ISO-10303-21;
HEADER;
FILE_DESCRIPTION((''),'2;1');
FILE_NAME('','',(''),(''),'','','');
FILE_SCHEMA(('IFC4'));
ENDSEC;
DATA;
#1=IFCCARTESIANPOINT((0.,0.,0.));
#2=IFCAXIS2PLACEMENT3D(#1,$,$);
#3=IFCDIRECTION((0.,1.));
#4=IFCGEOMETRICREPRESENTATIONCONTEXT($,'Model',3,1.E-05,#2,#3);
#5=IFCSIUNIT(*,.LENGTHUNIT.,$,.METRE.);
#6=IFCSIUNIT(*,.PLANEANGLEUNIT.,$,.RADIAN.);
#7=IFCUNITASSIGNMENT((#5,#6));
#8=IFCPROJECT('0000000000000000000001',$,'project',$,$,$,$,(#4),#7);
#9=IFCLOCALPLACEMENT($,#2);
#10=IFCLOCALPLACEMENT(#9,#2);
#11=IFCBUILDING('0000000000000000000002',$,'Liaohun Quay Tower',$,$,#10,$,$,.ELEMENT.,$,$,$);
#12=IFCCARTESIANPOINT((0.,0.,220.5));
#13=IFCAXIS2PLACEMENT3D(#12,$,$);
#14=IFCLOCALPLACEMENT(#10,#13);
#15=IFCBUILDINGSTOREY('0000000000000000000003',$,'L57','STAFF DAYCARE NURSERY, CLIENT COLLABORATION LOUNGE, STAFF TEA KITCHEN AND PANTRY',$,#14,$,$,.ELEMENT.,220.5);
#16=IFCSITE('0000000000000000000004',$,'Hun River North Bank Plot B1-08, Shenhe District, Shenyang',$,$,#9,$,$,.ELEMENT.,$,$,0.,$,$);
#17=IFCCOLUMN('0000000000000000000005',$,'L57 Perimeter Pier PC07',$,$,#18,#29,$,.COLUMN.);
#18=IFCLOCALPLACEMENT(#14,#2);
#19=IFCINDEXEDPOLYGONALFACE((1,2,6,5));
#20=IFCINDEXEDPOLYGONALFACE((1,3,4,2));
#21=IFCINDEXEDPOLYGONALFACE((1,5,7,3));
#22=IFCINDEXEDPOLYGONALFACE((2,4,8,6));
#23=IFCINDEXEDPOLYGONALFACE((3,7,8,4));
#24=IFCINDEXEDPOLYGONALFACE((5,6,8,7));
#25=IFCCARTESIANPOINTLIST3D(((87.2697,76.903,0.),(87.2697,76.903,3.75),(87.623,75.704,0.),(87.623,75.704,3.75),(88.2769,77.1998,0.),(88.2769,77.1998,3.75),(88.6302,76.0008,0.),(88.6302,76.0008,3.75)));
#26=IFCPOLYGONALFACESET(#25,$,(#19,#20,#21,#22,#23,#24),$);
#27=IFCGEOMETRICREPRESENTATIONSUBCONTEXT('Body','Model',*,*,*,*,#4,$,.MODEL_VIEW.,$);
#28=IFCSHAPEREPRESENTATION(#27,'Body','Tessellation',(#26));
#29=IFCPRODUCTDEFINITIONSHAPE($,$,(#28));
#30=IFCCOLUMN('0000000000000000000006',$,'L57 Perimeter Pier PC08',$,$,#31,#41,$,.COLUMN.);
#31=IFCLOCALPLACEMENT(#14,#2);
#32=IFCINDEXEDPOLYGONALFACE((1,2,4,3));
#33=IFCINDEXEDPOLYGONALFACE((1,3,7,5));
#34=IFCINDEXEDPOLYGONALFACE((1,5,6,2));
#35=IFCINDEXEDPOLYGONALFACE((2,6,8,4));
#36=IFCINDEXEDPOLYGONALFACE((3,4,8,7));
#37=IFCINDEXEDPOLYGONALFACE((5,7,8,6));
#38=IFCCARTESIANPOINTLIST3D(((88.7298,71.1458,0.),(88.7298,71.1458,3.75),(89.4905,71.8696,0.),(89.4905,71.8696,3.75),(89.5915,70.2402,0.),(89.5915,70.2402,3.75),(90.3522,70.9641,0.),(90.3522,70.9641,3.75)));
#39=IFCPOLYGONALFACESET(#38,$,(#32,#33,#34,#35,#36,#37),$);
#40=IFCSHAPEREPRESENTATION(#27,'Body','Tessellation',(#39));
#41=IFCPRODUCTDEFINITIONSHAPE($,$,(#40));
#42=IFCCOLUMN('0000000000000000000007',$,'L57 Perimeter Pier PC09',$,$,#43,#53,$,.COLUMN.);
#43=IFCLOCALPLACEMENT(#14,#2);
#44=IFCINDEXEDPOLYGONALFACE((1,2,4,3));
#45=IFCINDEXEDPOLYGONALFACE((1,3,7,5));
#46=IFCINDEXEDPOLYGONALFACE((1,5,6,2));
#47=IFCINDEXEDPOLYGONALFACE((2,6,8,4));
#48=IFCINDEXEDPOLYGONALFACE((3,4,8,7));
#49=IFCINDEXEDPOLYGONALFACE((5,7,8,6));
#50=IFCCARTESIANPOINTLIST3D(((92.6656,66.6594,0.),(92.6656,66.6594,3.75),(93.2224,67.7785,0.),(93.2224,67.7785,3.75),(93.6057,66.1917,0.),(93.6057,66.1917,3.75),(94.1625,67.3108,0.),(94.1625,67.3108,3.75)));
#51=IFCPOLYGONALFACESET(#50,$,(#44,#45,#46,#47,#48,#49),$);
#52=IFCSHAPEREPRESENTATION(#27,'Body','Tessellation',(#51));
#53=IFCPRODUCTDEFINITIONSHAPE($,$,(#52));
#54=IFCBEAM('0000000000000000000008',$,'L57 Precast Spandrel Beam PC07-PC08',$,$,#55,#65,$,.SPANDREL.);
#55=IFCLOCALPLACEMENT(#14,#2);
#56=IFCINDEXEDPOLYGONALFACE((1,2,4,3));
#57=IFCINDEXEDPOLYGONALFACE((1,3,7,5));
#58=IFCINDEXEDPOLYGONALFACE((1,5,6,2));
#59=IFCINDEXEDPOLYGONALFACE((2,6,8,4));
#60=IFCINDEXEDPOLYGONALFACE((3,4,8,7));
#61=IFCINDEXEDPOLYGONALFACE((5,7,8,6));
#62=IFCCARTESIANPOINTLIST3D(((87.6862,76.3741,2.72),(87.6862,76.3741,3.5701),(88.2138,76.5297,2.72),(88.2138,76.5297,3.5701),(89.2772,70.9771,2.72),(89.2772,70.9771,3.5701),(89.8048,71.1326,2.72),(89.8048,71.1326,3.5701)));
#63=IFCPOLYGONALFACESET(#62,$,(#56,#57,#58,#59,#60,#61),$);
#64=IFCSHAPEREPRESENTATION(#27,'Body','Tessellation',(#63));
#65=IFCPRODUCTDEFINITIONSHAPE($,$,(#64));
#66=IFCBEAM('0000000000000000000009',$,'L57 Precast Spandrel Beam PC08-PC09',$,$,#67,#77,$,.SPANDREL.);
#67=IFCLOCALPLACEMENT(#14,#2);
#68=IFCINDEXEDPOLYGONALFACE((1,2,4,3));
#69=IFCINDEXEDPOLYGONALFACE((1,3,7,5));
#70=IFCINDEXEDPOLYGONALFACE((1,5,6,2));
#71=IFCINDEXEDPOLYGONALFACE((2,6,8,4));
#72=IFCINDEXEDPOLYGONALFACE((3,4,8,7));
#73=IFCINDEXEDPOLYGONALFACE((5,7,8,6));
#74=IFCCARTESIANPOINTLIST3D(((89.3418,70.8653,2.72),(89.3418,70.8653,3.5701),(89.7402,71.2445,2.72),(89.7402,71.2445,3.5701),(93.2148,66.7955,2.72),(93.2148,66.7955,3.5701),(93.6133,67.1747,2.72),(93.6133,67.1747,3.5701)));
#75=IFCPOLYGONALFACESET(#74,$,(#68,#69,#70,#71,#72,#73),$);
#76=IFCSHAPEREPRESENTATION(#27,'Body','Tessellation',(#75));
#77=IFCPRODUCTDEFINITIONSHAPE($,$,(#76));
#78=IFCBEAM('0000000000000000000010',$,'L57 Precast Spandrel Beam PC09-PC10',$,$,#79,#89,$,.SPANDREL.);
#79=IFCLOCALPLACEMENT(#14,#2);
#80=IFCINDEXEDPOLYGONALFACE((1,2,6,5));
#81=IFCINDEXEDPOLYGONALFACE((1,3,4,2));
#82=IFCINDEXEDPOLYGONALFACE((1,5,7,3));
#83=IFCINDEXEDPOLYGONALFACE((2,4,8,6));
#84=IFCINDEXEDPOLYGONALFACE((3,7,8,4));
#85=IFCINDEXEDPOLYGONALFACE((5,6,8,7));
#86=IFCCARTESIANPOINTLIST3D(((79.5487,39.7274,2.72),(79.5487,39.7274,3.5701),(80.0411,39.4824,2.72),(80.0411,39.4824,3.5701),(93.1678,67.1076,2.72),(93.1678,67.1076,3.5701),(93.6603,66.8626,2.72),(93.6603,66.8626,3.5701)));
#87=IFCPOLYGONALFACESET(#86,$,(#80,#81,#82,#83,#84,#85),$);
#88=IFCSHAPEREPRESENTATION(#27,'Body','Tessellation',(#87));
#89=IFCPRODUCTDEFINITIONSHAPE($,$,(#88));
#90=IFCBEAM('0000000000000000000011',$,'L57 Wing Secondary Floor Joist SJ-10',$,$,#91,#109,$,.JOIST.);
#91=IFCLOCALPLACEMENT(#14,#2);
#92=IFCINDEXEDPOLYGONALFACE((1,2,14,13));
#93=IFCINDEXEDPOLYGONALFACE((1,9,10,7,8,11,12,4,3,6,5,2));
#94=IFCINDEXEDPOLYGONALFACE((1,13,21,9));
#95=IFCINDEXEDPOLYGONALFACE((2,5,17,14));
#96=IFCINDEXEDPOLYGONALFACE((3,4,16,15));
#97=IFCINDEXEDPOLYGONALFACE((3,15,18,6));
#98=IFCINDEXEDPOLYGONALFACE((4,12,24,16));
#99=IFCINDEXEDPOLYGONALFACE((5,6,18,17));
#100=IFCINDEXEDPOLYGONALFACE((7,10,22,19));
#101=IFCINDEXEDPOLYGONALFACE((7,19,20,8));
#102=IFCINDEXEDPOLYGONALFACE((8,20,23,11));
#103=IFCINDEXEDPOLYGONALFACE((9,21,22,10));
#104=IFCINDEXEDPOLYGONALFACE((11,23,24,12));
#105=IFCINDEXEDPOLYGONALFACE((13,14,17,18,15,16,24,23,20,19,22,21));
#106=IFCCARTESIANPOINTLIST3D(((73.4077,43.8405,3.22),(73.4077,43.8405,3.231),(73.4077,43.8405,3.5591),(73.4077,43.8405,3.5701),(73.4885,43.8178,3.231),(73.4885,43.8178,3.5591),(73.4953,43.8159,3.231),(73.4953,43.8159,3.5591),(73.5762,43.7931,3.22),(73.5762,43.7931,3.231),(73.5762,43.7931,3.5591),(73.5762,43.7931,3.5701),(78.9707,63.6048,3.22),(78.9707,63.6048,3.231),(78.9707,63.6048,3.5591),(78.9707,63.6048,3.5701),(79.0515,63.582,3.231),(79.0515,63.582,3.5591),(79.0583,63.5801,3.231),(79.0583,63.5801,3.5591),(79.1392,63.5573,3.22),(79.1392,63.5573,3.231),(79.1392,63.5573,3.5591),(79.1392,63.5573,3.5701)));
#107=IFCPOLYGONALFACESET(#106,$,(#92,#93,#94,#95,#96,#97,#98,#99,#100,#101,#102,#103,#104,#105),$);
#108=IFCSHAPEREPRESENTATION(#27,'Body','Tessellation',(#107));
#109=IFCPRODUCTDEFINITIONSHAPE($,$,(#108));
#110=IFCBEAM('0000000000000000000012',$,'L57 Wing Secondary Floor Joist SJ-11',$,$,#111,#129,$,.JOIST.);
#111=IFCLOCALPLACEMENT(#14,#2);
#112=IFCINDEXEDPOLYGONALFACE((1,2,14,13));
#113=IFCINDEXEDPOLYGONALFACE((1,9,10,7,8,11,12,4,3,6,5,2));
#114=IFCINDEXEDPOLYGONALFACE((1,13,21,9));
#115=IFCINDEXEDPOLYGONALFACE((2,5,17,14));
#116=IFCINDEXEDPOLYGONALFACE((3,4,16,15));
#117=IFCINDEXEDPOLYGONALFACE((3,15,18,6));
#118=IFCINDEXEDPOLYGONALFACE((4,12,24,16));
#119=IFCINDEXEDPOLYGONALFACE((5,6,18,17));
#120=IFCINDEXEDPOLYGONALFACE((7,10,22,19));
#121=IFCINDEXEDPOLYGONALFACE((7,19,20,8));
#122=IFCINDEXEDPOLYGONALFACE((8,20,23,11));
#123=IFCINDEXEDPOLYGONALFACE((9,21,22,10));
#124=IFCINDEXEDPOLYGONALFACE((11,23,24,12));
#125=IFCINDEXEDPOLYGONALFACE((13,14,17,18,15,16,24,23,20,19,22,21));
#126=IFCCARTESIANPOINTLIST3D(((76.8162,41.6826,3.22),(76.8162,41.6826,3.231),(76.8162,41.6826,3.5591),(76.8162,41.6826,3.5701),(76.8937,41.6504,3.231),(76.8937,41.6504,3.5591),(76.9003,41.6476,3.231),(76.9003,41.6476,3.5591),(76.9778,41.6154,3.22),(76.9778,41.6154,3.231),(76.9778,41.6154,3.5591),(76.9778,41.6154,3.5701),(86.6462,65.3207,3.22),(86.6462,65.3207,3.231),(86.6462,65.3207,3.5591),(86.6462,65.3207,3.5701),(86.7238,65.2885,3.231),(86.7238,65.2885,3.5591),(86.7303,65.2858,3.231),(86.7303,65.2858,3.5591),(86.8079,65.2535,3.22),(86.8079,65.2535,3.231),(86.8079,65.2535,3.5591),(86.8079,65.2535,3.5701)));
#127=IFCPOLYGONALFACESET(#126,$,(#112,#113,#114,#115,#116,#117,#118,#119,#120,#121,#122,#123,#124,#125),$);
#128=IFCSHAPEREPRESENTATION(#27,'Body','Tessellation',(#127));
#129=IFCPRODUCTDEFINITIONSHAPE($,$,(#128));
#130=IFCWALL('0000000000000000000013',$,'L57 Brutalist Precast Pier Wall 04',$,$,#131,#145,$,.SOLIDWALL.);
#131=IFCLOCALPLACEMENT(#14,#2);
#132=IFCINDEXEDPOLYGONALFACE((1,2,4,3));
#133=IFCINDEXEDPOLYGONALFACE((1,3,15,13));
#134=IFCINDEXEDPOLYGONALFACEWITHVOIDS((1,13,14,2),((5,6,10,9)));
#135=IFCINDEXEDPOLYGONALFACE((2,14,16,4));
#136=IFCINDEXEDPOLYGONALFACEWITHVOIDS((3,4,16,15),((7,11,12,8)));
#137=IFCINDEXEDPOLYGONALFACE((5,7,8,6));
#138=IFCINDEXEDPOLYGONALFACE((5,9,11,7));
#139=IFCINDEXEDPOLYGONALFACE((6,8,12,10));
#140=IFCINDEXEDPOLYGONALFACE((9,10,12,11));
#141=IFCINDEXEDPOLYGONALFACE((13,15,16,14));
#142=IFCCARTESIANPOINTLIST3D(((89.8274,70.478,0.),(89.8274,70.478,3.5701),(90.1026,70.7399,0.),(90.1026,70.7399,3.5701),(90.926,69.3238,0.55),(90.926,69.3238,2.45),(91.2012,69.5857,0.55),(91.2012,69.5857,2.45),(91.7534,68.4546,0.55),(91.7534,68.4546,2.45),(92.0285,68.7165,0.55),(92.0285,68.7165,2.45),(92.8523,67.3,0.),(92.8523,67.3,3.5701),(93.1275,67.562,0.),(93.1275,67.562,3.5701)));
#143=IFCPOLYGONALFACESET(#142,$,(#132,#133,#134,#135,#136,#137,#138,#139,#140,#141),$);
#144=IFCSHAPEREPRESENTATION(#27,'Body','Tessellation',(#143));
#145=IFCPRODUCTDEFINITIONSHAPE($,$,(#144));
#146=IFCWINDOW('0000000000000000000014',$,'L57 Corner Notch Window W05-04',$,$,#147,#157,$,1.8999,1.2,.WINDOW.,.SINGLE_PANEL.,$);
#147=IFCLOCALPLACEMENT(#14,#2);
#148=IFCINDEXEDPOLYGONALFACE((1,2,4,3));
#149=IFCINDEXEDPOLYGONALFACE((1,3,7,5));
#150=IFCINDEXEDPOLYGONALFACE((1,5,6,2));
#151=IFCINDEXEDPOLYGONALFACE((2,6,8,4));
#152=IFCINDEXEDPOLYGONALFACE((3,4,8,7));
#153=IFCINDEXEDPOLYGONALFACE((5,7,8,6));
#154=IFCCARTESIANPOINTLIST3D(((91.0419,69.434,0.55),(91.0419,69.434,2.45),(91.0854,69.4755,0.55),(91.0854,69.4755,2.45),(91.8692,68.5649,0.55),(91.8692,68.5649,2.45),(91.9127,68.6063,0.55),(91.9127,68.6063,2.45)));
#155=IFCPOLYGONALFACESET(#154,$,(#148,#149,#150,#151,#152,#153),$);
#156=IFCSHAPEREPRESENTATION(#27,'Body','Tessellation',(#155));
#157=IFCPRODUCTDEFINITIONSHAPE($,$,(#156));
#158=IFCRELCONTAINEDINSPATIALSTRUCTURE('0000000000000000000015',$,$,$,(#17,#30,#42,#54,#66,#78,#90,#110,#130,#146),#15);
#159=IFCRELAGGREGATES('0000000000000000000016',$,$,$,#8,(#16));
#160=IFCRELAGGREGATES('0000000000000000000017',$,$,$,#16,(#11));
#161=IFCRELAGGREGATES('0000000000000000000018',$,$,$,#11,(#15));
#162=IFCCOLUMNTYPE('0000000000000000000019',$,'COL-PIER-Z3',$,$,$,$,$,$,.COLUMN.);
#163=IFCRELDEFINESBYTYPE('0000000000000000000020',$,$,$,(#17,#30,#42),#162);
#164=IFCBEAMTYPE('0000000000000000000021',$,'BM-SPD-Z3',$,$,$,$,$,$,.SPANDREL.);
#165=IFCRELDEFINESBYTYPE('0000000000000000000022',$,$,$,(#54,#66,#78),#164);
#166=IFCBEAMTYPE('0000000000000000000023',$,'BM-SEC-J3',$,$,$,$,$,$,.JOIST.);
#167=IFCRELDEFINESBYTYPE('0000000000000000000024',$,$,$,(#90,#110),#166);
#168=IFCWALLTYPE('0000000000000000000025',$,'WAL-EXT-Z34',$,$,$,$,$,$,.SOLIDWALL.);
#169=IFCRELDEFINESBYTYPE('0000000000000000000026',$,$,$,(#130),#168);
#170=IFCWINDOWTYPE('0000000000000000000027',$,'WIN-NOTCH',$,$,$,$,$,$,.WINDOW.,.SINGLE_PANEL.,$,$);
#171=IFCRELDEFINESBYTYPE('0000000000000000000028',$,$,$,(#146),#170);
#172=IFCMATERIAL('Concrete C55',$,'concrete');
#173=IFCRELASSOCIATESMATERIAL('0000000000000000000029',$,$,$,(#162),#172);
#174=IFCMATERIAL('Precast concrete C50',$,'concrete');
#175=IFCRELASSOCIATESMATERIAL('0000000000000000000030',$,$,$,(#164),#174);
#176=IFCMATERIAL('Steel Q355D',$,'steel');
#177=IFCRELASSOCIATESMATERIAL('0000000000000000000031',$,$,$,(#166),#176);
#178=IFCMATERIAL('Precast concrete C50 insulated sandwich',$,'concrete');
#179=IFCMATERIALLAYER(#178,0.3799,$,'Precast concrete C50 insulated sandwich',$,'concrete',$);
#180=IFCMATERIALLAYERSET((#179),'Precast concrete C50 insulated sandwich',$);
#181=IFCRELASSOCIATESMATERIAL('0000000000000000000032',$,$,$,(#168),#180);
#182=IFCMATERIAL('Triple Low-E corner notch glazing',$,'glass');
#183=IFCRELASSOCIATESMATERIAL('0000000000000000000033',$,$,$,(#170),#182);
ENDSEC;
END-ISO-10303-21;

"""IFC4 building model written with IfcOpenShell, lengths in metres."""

from ifc_helpers import new_model, si_unit, direction, frame, frame_2d, origin, origin_2d, place, context, subcontext, project, spatial, rectangle, i_section, extrude, source, transform, mapped, material, layer, layer_set, material_profile, profile_set, type_object, element, fill, save


model = new_model("IFC4")

# Units and contexts
model_context = context("Model", 3, precision=1e-05, world=origin(), true_north=direction((0.0, 1.0)))
body_context = subcontext(model_context, "Body", "Model", "MODEL_VIEW")
ifc_project = project(units=[si_unit("LENGTHUNIT", "METRE"), si_unit("PLANEANGLEUNIT", "RADIAN")], contexts=[model_context])

# Site, building, storey
site_placement = place(None, origin())
site = spatial("IfcSite", under=ifc_project, at=site_placement, Name="Hun River North Bank Plot B1-08, Shenhe District, Shenyang", CompositionType="ELEMENT", RefElevation=0.0)
building_placement = place(site_placement, origin())
building = spatial("IfcBuilding", under=site, at=building_placement, Name="Liaohun Quay Tower", CompositionType="ELEMENT")
storey_placement = place(building_placement, frame((0.0, 0.0, 220.5)))
storey = spatial("IfcBuildingStorey", under=building, at=storey_placement, Name="L57", Description="STAFF DAYCARE NURSERY, CLIENT COLLABORATION LOUNGE, STAFF TEA KITCHEN AND PANTRY", CompositionType="ELEMENT", Elevation=220.5)

# Columns
ifc_material_1 = material(Name="Concrete C55", Category="concrete")
ifc_material_profile_1 = material_profile(ifc_material_1, rectangle(XDim=1.25, YDim=1.05, at=origin_2d()), Name="RC1250x1050")
ifc_profile_set_1 = profile_set([ifc_material_profile_1], Name="Concrete C55")
column_type = type_object("IfcColumnType", Name="COL-PIER-Z3", PredefinedType="COLUMN", material=ifc_profile_set_1)
shared_shape_1 = source(origin(), body_context, "Body", "SweptSolid", [
    extrude(rectangle(XDim=1.25, YDim=1.05, at=origin_2d()), origin(), (0.0, 0.0, 1.0), 3.75),
])
for number, where, z_axis, x_axis, name in (
    (1, (87.95, 76.4519, 0.0), (0.0, 0.0, 1.0), (-0.282676, 0.959215, 0.0), "L57 Perimeter Pier PC07"),
    (2, (89.541, 71.0549, 0.0), (0.0, 0.0, 1.0), (-0.689367, 0.724413, 0.0), "L57 Perimeter Pier PC08"),
    (3, (93.4141, 66.9851, 0.0), (0.0, 0.0, 1.0), (0.445417, 0.895323, 0.0), "L57 Perimeter Pier PC09"),
):
    element("IfcColumn", number, at=place(storey_placement, frame(where, z_axis=z_axis, x_axis=x_axis)), inside=storey, type_object=column_type, Name=name, PredefinedType="COLUMN", context=body_context, shape_type="MappedRepresentation", body=[
        mapped(shared_shape_1, transform((0.0, 0.0, 0.0), x_axis=(1.0, 0.0, 0.0), y_axis=(0.0, 1.0, 0.0), z_axis=(0.0, 0.0, 1.0), scale=1.0)),
    ])

# Beams
ifc_material_2 = material(Name="Precast concrete C50", Category="concrete")
ifc_material_profile_2 = material_profile(ifc_material_2, rectangle(XDim=0.55, YDim=0.8501, at=origin_2d()), Name="RC550x850")
ifc_profile_set_2 = profile_set([ifc_material_profile_2], Name="Precast concrete C50")
beam_type_1 = type_object("IfcBeamType", Name="BM-SPD-Z3", PredefinedType="SPANDREL", material=ifc_profile_set_2)
shared_shape_2 = source(origin(), body_context, "Body", "SweptSolid", [
    extrude(rectangle(XDim=0.55, YDim=0.8501, at=origin_2d()), origin(), (0.0, 0.0, 1.0), 5.6267),
])
beam_1_placement = place(storey_placement, frame((87.95, 76.4519, 3.145), z_axis=(0.282775, -0.959186, 0.0), x_axis=(0.959186, 0.282775, 0.0)))
element("IfcBeam", 4, at=beam_1_placement, inside=storey, type_object=beam_type_1, Name="L57 Precast Spandrel Beam PC07-PC08", PredefinedType="SPANDREL", context=body_context, shape_type="MappedRepresentation", body=[
    mapped(shared_shape_2, transform((0.0, 0.0, 0.0), x_axis=(1.0, 0.0, 0.0), y_axis=(0.0, 1.0, 0.0), z_axis=(0.0, 0.0, 1.0), scale=1.0)),
])
shared_shape_3 = source(origin(), body_context, "Body", "SweptSolid", [
    extrude(rectangle(XDim=0.55, YDim=0.8501, at=origin_2d()), origin(), (0.0, 0.0, 1.0), 5.6182),
])
beam_2_placement = place(storey_placement, frame((89.541, 71.0549, 3.145), z_axis=(0.689377, -0.724402, 0.0), x_axis=(0.724402, 0.689377, 0.0)))
element("IfcBeam", 5, at=beam_2_placement, inside=storey, type_object=beam_type_1, Name="L57 Precast Spandrel Beam PC08-PC09", PredefinedType="SPANDREL", context=body_context, shape_type="MappedRepresentation", body=[
    mapped(shared_shape_3, transform((0.0, 0.0, 0.0), x_axis=(1.0, 0.0, 0.0), y_axis=(0.0, 1.0, 0.0), z_axis=(0.0, 0.0, 1.0), scale=1.0)),
])
shared_shape_4 = source(origin(), body_context, "Body", "SweptSolid", [
    extrude(rectangle(XDim=0.55, YDim=0.8501, at=origin_2d()), origin(), (0.0, 0.0, 1.0), 30.5803),
])
beam_3_placement = place(storey_placement, frame((93.4141, 66.9851, 3.145), z_axis=(-0.445357, -0.895353, 0.0), x_axis=(0.895353, -0.445357, 0.0)))
element("IfcBeam", 6, at=beam_3_placement, inside=storey, type_object=beam_type_1, Name="L57 Precast Spandrel Beam PC09-PC10", PredefinedType="SPANDREL", context=body_context, shape_type="MappedRepresentation", body=[
    mapped(shared_shape_4, transform((0.0, 0.0, 0.0), x_axis=(1.0, 0.0, 0.0), y_axis=(0.0, 1.0, 0.0), z_axis=(0.0, 0.0, 1.0), scale=1.0)),
])
ifc_material_3 = material(Name="Steel Q355D", Category="steel")
ifc_material_profile_3 = material_profile(ifc_material_3, i_section(OverallWidth=0.175, OverallDepth=0.3501, WebThickness=0.0071, FlangeThickness=0.011, at=origin_2d()), Name="HN350x175x7x11")
ifc_profile_set_3 = profile_set([ifc_material_profile_3], Name="Steel Q355D")
beam_type_2 = type_object("IfcBeamType", Name="BM-SEC-J3", PredefinedType="JOIST", material=ifc_profile_set_3)
shared_shape_5 = source(origin(), body_context, "Body", "SweptSolid", [
    extrude(i_section(OverallWidth=0.175, OverallDepth=0.3501, WebThickness=0.0071, FlangeThickness=0.011, at=origin_2d()), origin(), (0.0, 0.0, 1.0), 20.5322),
])
beam_4_placement = place(storey_placement, frame((79.0549, 63.5811, 3.395), z_axis=(-0.27094, -0.962596, 0.0), x_axis=(0.962596, -0.27094, 0.0)))
element("IfcBeam", 7, at=beam_4_placement, inside=storey, type_object=beam_type_2, Name="L57 Wing Secondary Floor Joist SJ-10", PredefinedType="JOIST", context=body_context, shape_type="MappedRepresentation", body=[
    mapped(shared_shape_5, transform((0.0, 0.0, 0.0), x_axis=(1.0, 0.0, 0.0), y_axis=(0.0, 1.0, 0.0), z_axis=(0.0, 0.0, 1.0), scale=1.0)),
])
shared_shape_6 = source(origin(), body_context, "Body", "SweptSolid", [
    extrude(i_section(OverallWidth=0.175, OverallDepth=0.3501, WebThickness=0.0071, FlangeThickness=0.011, at=origin_2d()), origin(), (0.0, 0.0, 1.0), 25.6006),
])
beam_5_placement = place(storey_placement, frame((86.7271, 65.2871, 3.395), z_axis=(-0.383977, -0.923342, 0.0), x_axis=(0.923342, -0.383977, 0.0)))
element("IfcBeam", 8, at=beam_5_placement, inside=storey, type_object=beam_type_2, Name="L57 Wing Secondary Floor Joist SJ-11", PredefinedType="JOIST", context=body_context, shape_type="MappedRepresentation", body=[
    mapped(shared_shape_6, transform((0.0, 0.0, 0.0), x_axis=(1.0, 0.0, 0.0), y_axis=(0.0, 1.0, 0.0), z_axis=(0.0, 0.0, 1.0), scale=1.0)),
])

# Wall, opening, window
ifc_material_4 = material(Name="Precast concrete C50 insulated sandwich", Category="concrete")
ifc_layer_1 = layer(ifc_material_4, 0.3799, Name="Precast concrete C50 insulated sandwich", Category="concrete")
ifc_layer_set_1 = layer_set([ifc_layer_1], Name="Precast concrete C50 insulated sandwich")
wall_type_1 = type_object("IfcWallType", Name="WAL-EXT-Z34", PredefinedType="SOLIDWALL", material=ifc_layer_set_1)
wall_1_placement = place(storey_placement, frame((92.99, 67.4309, 0.0), z_axis=(0.0, 0.0, 1.0), x_axis=(-0.689447, 0.724336, 0.0)))
wall_1 = element("IfcWall", 9, at=wall_1_placement, inside=storey, type_object=wall_type_1, Name="L57 Brutalist Precast Pier Wall 04", PredefinedType="SOLIDWALL", context=body_context, shape_type="SweptSolid", body=[
    extrude(rectangle(XDim=4.3875, YDim=0.3799, at=frame_2d((2.1938, 0.0))), origin(), (0.0, 0.0, 1.0), 3.5701),
])
shared_shape_7 = source(origin(), body_context, "Body", "SweptSolid", [
    extrude(rectangle(XDim=1.2, YDim=1.8999, at=frame_2d((0.6001, 0.95))), frame((0.0, 0.2, 0.0), z_axis=(0.0, -1.0, 0.0), x_axis=(1.0, 0.0, 0.0)), (0.0, 0.0, 1.0), 0.3999),
])
opening_1_placement = place(wall_1_placement, frame((1.594, 0.0, 0.55)))
opening_1 = element("IfcOpeningElement", 10, at=opening_1_placement, cuts=wall_1, PredefinedType="OPENING", context=body_context, shape_type="MappedRepresentation", body=[
    mapped(shared_shape_7, transform((0.0, 0.0, 0.0), x_axis=(1.0, 0.0, 0.0), y_axis=(0.0, 1.0, 0.0), z_axis=(0.0, 0.0, 1.0), scale=1.0)),
])
ifc_material_5 = material(Name="Triple Low-E corner notch glazing", Category="glass")
window_type_1 = type_object("IfcWindowType", Name="WIN-NOTCH", PartitioningType="SINGLE_PANEL", PredefinedType="WINDOW", material=ifc_material_5)
shared_shape_8 = source(origin(), body_context, "Body", "SweptSolid", [
    extrude(rectangle(XDim=1.2, YDim=1.8999, at=frame_2d((0.6001, 0.95))), frame((0.0, 0.03, 0.0), z_axis=(0.0, -1.0, 0.0), x_axis=(1.0, 0.0, 0.0)), (0.0, 0.0, 1.0), 0.0601),
])
window_1_placement = place(opening_1_placement, origin())
window_1 = element("IfcWindow", 11, at=window_1_placement, inside=storey, type_object=window_type_1, Name="L57 Corner Notch Window W05-04", OverallHeight=1.8999, OverallWidth=1.2, PartitioningType="SINGLE_PANEL", PredefinedType="WINDOW", context=body_context, shape_type="MappedRepresentation", body=[
    mapped(shared_shape_8, transform((0.0, 0.0, 0.0), x_axis=(1.0, 0.0, 0.0), y_axis=(0.0, 1.0, 0.0), z_axis=(0.0, 0.0, 1.0), scale=1.0)),
])
fill(opening_1, window_1)

save(model, "model.ifc")
